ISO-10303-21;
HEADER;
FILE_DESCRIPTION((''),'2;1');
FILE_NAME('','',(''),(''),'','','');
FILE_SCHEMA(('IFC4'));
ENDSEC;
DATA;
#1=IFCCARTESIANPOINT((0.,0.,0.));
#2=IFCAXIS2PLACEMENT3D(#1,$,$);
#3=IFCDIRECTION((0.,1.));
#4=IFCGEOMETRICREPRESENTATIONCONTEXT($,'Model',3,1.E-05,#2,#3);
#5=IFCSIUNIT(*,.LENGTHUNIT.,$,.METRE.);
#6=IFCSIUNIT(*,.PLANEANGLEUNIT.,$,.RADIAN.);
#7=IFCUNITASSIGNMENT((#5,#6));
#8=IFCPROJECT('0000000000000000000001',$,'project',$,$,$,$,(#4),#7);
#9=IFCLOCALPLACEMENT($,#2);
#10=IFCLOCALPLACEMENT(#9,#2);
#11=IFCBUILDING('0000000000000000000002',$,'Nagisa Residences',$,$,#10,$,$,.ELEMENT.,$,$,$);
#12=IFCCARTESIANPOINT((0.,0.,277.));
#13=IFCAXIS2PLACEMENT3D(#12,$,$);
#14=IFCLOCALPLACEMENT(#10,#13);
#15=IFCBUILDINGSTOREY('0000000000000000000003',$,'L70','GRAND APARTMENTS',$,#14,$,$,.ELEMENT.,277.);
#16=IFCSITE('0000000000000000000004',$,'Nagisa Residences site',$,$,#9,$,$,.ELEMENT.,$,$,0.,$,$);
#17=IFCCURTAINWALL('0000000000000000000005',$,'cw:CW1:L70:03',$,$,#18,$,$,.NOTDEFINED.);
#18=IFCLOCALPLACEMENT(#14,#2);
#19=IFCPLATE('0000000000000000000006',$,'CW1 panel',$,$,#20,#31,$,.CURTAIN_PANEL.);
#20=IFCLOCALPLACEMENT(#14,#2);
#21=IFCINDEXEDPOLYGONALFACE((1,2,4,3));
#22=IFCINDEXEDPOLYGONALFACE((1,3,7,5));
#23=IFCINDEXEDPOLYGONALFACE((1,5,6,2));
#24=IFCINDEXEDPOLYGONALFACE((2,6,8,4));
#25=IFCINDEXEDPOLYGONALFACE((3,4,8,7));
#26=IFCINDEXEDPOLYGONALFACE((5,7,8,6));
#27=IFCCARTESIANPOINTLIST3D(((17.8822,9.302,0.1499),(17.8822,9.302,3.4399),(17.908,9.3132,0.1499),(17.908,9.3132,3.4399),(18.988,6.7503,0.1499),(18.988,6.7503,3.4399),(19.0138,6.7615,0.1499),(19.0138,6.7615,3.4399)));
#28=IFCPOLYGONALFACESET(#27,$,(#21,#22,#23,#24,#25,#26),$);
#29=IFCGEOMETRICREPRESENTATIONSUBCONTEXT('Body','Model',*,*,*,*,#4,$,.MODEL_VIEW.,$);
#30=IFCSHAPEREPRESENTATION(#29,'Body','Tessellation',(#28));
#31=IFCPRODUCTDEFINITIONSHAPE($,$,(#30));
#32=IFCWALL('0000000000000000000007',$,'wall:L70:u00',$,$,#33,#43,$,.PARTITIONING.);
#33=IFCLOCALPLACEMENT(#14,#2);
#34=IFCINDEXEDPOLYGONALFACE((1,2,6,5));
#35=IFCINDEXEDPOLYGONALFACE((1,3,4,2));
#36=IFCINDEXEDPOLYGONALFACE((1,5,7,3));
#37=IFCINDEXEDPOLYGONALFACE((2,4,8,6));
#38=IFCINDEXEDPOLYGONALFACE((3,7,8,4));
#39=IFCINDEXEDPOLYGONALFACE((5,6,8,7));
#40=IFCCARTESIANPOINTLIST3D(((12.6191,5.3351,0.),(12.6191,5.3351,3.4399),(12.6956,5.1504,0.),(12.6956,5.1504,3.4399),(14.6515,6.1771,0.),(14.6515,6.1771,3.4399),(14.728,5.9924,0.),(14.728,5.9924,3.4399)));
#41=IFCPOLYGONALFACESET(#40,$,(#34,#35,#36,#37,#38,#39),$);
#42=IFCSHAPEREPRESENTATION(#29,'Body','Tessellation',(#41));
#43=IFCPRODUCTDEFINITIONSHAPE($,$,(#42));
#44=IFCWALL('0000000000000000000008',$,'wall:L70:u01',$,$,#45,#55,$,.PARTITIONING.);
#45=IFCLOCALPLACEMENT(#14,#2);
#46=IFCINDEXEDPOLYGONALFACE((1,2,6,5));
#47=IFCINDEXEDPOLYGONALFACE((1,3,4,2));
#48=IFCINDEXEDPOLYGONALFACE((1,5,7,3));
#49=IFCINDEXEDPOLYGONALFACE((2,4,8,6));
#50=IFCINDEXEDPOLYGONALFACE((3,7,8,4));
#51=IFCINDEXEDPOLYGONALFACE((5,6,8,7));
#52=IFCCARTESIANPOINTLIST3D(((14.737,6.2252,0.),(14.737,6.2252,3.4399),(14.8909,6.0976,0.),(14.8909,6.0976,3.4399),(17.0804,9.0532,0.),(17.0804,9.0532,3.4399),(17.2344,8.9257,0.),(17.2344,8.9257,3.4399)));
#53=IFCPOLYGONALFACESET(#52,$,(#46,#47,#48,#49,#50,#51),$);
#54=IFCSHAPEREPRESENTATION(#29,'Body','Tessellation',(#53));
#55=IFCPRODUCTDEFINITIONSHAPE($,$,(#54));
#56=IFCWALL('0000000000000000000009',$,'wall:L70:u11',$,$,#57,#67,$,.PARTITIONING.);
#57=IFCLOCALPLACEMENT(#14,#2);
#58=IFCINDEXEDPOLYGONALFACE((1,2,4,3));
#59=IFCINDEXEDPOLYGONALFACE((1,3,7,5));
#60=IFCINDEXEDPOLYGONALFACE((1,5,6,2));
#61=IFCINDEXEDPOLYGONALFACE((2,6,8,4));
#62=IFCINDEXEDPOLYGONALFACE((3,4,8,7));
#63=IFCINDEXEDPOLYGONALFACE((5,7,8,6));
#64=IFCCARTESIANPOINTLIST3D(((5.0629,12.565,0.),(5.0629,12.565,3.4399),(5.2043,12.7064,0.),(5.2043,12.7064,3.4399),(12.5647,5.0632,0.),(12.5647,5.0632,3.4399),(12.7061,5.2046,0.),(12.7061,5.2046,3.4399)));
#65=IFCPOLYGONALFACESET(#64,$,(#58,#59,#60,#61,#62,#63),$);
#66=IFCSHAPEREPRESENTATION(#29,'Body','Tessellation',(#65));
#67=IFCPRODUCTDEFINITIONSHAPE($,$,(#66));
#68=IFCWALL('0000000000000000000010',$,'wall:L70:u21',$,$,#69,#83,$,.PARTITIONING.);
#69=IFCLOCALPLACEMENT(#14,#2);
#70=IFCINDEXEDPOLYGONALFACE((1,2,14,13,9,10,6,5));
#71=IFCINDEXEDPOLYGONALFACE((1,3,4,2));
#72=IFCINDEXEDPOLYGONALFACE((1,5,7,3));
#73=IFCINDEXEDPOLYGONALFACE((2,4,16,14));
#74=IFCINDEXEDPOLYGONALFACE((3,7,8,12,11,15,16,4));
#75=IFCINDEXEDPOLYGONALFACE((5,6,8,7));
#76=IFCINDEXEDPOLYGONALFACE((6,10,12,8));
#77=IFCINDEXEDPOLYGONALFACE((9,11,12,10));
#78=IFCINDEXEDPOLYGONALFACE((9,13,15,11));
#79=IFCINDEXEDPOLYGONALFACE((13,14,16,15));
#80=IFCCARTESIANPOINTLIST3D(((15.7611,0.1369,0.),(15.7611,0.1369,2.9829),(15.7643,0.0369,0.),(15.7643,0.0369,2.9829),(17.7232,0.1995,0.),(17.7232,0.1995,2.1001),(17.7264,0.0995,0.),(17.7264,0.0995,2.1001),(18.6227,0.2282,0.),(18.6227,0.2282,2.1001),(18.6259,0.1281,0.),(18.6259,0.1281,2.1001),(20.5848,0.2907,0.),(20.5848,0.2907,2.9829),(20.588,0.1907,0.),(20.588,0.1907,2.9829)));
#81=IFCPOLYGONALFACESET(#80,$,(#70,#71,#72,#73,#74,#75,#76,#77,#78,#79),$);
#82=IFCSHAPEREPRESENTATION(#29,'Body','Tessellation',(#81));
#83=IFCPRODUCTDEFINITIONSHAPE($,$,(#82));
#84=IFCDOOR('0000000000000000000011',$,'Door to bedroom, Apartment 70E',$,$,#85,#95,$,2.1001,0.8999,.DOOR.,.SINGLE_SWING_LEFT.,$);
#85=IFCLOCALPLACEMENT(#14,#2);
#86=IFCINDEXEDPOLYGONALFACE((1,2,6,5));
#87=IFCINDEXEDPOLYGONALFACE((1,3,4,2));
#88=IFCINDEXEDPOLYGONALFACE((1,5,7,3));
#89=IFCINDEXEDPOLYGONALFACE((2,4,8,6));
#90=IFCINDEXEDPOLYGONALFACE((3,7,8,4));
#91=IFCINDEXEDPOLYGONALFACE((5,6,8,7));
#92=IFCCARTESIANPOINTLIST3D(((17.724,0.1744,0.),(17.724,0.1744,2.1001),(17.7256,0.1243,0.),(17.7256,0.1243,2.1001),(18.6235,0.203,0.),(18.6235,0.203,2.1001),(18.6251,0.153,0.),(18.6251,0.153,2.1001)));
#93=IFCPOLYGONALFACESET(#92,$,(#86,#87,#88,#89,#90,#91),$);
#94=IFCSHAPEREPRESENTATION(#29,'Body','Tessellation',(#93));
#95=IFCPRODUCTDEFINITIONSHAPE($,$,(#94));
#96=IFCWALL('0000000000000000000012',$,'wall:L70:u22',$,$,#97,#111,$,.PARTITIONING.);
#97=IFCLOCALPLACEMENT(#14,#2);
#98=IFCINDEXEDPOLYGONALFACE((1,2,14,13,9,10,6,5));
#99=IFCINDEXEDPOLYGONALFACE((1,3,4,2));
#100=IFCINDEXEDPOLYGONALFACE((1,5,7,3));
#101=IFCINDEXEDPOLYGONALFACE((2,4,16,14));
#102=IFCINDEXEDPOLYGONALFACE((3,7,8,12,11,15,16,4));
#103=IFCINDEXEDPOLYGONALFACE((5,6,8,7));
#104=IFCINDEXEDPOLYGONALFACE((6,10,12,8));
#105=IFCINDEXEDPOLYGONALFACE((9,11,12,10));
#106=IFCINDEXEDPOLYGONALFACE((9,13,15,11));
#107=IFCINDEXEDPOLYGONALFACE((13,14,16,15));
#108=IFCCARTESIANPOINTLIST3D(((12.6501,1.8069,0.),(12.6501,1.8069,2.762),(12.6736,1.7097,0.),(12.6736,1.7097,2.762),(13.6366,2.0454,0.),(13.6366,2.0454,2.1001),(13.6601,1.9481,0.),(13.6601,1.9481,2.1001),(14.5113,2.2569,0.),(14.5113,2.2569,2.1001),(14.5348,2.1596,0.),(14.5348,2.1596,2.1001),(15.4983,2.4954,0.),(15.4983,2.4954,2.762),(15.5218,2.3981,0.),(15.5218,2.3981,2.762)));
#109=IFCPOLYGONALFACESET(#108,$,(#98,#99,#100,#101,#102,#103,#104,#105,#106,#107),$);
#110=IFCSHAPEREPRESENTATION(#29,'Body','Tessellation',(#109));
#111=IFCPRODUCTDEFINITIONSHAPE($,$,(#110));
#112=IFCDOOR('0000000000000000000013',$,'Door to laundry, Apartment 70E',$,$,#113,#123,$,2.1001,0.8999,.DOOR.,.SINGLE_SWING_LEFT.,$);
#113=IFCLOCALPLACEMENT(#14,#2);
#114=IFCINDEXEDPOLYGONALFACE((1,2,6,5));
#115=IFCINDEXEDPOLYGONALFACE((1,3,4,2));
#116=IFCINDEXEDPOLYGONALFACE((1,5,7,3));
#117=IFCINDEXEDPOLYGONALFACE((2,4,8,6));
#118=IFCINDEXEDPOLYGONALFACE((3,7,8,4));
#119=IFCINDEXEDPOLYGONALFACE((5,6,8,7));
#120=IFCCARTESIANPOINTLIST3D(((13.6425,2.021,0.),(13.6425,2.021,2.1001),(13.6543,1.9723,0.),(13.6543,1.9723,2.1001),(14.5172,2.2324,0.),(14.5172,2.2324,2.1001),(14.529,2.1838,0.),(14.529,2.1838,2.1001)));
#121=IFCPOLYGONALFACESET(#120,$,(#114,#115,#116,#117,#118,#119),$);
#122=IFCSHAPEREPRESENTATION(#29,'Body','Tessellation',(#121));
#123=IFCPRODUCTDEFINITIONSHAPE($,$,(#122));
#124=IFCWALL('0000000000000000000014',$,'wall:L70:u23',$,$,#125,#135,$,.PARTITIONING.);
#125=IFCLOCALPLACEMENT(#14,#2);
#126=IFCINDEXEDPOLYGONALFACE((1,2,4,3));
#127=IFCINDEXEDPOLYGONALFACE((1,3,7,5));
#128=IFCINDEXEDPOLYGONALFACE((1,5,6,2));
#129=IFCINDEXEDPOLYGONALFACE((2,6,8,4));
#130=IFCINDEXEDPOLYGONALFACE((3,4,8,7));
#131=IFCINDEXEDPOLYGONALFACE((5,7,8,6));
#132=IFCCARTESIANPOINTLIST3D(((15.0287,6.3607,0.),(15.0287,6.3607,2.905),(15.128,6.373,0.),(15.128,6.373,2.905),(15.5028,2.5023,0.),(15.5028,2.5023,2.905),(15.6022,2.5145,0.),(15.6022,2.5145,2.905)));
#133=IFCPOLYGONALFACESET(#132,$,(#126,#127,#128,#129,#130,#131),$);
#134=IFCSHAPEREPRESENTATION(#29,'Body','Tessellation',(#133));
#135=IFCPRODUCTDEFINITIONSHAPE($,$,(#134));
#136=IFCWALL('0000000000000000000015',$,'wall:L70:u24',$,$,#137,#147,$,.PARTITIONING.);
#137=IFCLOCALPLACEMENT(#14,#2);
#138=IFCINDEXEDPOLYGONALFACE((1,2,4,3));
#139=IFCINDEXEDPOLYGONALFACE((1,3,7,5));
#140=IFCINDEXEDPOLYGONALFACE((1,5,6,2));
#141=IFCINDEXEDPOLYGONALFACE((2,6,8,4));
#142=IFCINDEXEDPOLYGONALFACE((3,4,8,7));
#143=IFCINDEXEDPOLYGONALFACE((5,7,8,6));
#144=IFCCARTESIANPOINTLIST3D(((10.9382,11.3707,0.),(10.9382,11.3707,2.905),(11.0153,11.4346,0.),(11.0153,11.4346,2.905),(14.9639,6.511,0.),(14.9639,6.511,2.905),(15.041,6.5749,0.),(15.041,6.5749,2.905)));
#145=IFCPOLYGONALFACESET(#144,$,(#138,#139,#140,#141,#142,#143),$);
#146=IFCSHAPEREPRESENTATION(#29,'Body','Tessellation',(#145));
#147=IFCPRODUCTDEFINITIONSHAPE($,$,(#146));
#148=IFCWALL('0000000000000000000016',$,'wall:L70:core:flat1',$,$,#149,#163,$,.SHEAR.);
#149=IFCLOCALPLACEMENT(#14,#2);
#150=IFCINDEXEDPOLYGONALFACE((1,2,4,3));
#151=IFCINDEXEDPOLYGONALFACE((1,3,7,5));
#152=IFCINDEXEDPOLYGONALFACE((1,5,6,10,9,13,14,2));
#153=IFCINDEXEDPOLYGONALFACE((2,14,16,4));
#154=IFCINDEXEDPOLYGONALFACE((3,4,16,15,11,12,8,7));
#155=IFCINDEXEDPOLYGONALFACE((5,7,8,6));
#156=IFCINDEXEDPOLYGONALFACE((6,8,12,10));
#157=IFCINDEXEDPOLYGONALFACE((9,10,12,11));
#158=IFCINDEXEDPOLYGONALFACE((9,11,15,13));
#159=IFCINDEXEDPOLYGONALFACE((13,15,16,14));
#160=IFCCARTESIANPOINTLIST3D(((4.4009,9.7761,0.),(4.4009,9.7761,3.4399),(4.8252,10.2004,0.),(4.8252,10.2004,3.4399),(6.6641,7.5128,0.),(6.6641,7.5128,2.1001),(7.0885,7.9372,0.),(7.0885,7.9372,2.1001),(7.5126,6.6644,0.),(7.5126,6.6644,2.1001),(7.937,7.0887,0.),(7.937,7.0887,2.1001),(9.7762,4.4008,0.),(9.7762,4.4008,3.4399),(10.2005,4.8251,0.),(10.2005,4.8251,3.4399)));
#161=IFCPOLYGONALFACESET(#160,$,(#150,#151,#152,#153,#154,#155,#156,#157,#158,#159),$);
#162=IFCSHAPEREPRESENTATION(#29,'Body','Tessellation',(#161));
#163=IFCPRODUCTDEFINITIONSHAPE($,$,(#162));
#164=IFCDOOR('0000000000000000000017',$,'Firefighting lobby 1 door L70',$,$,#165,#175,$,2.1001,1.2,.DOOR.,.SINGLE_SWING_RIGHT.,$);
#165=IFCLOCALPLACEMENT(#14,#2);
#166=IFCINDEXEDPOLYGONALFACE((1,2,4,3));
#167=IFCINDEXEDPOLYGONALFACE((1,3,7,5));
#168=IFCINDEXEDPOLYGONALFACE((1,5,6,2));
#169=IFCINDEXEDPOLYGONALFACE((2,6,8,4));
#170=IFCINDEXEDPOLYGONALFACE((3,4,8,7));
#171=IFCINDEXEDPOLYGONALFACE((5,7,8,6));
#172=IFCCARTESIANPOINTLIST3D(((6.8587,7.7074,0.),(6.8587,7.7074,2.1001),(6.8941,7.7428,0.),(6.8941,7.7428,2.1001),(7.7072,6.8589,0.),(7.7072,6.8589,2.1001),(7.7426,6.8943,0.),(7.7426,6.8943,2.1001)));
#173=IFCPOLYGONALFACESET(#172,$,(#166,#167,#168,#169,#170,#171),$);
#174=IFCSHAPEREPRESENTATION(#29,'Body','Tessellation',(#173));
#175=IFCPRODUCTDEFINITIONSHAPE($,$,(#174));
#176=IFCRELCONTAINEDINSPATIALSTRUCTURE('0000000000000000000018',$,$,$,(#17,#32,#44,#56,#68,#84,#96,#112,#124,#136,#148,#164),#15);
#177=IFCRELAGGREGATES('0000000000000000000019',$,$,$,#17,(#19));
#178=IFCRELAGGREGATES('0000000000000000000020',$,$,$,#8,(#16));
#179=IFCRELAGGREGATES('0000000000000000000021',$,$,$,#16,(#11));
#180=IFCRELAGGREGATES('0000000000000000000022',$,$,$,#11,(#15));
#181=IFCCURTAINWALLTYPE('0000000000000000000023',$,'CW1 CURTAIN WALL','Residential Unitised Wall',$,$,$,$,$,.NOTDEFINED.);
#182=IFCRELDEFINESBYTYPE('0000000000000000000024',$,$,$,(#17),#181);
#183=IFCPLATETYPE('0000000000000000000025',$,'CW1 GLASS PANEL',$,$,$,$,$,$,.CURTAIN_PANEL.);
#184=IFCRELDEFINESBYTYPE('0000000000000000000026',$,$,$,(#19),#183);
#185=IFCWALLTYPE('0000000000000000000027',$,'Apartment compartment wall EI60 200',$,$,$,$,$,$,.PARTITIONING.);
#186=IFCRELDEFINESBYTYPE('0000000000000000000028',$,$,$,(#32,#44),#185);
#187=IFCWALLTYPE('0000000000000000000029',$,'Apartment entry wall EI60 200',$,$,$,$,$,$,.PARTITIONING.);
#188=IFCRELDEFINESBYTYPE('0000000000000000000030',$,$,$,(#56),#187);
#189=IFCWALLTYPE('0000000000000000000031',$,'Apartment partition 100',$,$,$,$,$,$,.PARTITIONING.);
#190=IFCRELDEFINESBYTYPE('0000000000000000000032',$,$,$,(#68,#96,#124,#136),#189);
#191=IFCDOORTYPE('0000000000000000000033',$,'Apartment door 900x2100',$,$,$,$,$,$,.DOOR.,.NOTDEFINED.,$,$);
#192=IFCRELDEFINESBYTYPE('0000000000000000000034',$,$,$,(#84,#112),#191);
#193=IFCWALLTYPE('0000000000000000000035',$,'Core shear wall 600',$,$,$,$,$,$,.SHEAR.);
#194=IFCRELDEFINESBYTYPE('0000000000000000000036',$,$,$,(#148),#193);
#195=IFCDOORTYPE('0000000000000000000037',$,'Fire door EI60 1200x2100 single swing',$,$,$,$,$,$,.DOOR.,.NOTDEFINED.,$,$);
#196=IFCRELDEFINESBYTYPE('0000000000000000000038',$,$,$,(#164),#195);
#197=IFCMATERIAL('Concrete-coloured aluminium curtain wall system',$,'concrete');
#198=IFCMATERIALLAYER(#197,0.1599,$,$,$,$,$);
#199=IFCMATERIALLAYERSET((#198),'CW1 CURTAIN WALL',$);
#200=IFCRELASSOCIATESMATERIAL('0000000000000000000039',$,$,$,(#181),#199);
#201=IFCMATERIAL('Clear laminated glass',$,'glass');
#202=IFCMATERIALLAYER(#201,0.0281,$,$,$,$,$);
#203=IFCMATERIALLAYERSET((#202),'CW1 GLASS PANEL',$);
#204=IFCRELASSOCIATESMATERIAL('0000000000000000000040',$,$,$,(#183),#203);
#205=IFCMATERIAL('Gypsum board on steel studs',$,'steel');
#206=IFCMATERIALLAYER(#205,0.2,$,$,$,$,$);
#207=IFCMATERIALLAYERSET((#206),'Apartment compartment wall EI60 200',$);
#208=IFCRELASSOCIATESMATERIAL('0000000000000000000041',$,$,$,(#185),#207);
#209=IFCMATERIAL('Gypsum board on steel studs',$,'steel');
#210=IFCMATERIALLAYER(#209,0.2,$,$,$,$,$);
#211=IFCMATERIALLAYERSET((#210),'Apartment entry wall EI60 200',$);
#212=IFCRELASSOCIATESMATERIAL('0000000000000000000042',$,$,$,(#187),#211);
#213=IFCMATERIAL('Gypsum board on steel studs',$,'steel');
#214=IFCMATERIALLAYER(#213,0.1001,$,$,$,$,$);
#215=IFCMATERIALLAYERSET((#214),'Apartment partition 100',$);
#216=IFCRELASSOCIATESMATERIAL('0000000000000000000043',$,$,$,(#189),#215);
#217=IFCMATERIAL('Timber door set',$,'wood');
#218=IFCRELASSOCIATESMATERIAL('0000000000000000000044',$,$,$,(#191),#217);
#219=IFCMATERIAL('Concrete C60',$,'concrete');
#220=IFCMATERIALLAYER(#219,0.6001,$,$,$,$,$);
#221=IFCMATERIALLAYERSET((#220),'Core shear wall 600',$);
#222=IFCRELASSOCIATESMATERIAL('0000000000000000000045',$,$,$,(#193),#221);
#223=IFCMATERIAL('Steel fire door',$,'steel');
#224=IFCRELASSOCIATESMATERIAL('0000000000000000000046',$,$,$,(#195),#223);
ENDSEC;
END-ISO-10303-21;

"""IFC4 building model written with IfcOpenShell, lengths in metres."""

from ifc_helpers import new_model, si_unit, direction, frame, frame_2d, origin, origin_2d, place, context, subcontext, project, spatial, rectangle, extrude, material, layer, layer_set, type_object, element, fill, aggregate, save


model = new_model("IFC4")

# Units and contexts
model_context = context("Model", 3, precision=1e-05, world=origin(), true_north=direction((0.0, 1.0)))
body_context = subcontext(model_context, "Body", "Model", "MODEL_VIEW")
ifc_project = project(units=[si_unit("LENGTHUNIT", "METRE"), si_unit("PLANEANGLEUNIT", "RADIAN")], contexts=[model_context])

# Site, building, storey
site_placement = place(None, origin())
site = spatial("IfcSite", under=ifc_project, at=site_placement, Name="Nagisa Residences site", CompositionType="ELEMENT", RefElevation=0.0)
building_placement = place(site_placement, origin())
building = spatial("IfcBuilding", under=site, at=building_placement, Name="Nagisa Residences", CompositionType="ELEMENT")
storey_placement = place(building_placement, frame((0.0, 0.0, 277.0)))
storey = spatial("IfcBuildingStorey", under=building, at=storey_placement, Name="L70", Description="GRAND APARTMENTS", CompositionType="ELEMENT", Elevation=277.0)

# Curtain wall
ifc_material_1 = material(Name="Concrete-coloured aluminium curtain wall system", Category="concrete")
ifc_layer_1 = layer(ifc_material_1, 0.1599)
ifc_layer_set_1 = layer_set([ifc_layer_1], Name="CW1 CURTAIN WALL")
curtain_wall_type = type_object("IfcCurtainWallType", Name="CW1 CURTAIN WALL", Description="Residential Unitised Wall", PredefinedType="NOTDEFINED", material=ifc_layer_set_1)
curtain_wall_1_placement = place(storey_placement, origin())
curtain_wall_1 = element("IfcCurtainWall", 1, at=curtain_wall_1_placement, inside=storey, type_object=curtain_wall_type, Name="cw:CW1:L70:03", PredefinedType="NOTDEFINED")

# Plate
ifc_material_2 = material(Name="Clear laminated glass", Category="glass")
ifc_layer_2 = layer(ifc_material_2, 0.0281)
ifc_layer_set_2 = layer_set([ifc_layer_2], Name="CW1 GLASS PANEL")
plate_type = type_object("IfcPlateType", Name="CW1 GLASS PANEL", PredefinedType="CURTAIN_PANEL", material=ifc_layer_set_2)
plate_1_placement = place(storey_placement, frame((18.448, 8.0317, 0.1499), z_axis=(0.0, 0.0, 1.0), x_axis=(-0.397636, 0.917543, 0.0)))
plate_1 = element("IfcPlate", 2, at=plate_1_placement, type_object=plate_type, Name="CW1 panel", PredefinedType="CURTAIN_PANEL", context=body_context, shape_type="SweptSolid", body=[
    extrude(rectangle(XDim=2.781, YDim=0.0281, at=origin_2d()), origin(), (0.0, 0.0, 1.0), 3.29),
])
aggregate(curtain_wall_1, [plate_1])

# Walls
ifc_material_3 = material(Name="Gypsum board on steel studs", Category="steel")
ifc_layer_3 = layer(ifc_material_3, 0.2)
ifc_layer_set_3 = layer_set([ifc_layer_3], Name="Apartment compartment wall EI60 200")
wall_type_1 = type_object("IfcWallType", Name="Apartment compartment wall EI60 200", PredefinedType="PARTITIONING", material=ifc_layer_set_3)
wall_1_placement = place(storey_placement, frame((12.6572, 5.2427, 0.0), z_axis=(0.0, 0.0, 1.0), x_axis=(0.923853, 0.382747, 0.0)))
element("IfcWall", 3, at=wall_1_placement, inside=storey, type_object=wall_type_1, Name="wall:L70:u00", PredefinedType="PARTITIONING", context=body_context, shape_type="SweptSolid", body=[
    extrude(rectangle(XDim=2.2, YDim=0.2, at=frame_2d((1.1001, 0.0))), origin(), (0.0, 0.0, 1.0), 3.4399),
])
wall_2_placement = place(storey_placement, frame((14.814, 6.1614, 0.0), z_axis=(0.0, 0.0, 1.0), x_axis=(0.638051, 0.769995, 0.0)))
element("IfcWall", 4, at=wall_2_placement, inside=storey, type_object=wall_type_1, Name="wall:L70:u01", PredefinedType="PARTITIONING", context=body_context, shape_type="SweptSolid", body=[
    extrude(rectangle(XDim=3.6729, YDim=0.2, at=frame_2d((1.8364, 0.0))), origin(), (0.0, 0.0, 1.0), 3.4399),
])
ifc_material_4 = material(Name="Gypsum board on steel studs", Category="steel")
ifc_layer_4 = layer(ifc_material_4, 0.2)
ifc_layer_set_4 = layer_set([ifc_layer_4], Name="Apartment entry wall EI60 200")
wall_type_2 = type_object("IfcWallType", Name="Apartment entry wall EI60 200", PredefinedType="PARTITIONING", material=ifc_layer_set_4)
wall_3_placement = place(storey_placement, frame((12.6355, 5.1338, 0.0), z_axis=(0.0, 0.0, 1.0), x_axis=(-0.707107, 0.707107, 0.0)))
element("IfcWall", 5, at=wall_3_placement, inside=storey, type_object=wall_type_2, Name="wall:L70:u11", PredefinedType="PARTITIONING", context=body_context, shape_type="SweptSolid", body=[
    extrude(rectangle(XDim=10.6091, YDim=0.2, at=frame_2d((5.3047, 0.0))), origin(), (0.0, 0.0, 1.0), 3.4399),
])

# Walls, openings, doors
ifc_material_5 = material(Name="Gypsum board on steel studs", Category="steel")
ifc_layer_5 = layer(ifc_material_5, 0.1001)
ifc_layer_set_5 = layer_set([ifc_layer_5], Name="Apartment partition 100")
wall_type_3 = type_object("IfcWallType", Name="Apartment partition 100", PredefinedType="PARTITIONING", material=ifc_layer_set_5)
wall_4_placement = place(storey_placement, frame((15.7627, 0.0869, 0.0), z_axis=(0.0, 0.0, 1.0), x_axis=(0.999492, 0.03187, 0.0)))
wall_4 = element("IfcWall", 6, at=wall_4_placement, inside=storey, type_object=wall_type_3, Name="wall:L70:u21", PredefinedType="PARTITIONING", context=body_context, shape_type="SweptSolid", body=[
    extrude(rectangle(XDim=4.8262, YDim=0.1001, at=frame_2d((2.4131, 0.0))), origin(), (0.0, 0.0, 1.0), 2.9829),
])
opening_1_placement = place(wall_4_placement, frame((1.9631, 0.0, 0.0)))
opening_1 = element("IfcOpeningElement", 7, at=opening_1_placement, cuts=wall_4, PredefinedType="OPENING", context=body_context, shape_type="SweptSolid", body=[
    extrude(rectangle(XDim=0.8999, YDim=2.1001, at=frame_2d((0.45, 1.05))), frame((0.0, 0.0601, 0.0), z_axis=(0.0, -1.0, 0.0), x_axis=(1.0, 0.0, 0.0)), (0.0, 0.0, 1.0), 0.1201),
])
ifc_material_6 = material(Name="Timber door set", Category="wood")
door_type_1 = type_object("IfcDoorType", Name="Apartment door 900x2100", OperationType="NOTDEFINED", PredefinedType="DOOR", material=ifc_material_6)
door_1_placement = place(opening_1_placement, origin())
door_1 = element("IfcDoor", 8, at=door_1_placement, inside=storey, type_object=door_type_1, Name="Door to bedroom, Apartment 70E", OperationType="SINGLE_SWING_LEFT", OverallHeight=2.1001, OverallWidth=0.8999, PredefinedType="DOOR", context=body_context, shape_type="SweptSolid", body=[
    extrude(rectangle(XDim=0.8999, YDim=2.1001, at=frame_2d((0.45, 1.05))), frame((0.0, 0.0249, 0.0), z_axis=(0.0, -1.0, 0.0), x_axis=(1.0, 0.0, 0.0)), (0.0, 0.0, 1.0), 0.05),
])
fill(opening_1, door_1)
wall_5_placement = place(storey_placement, frame((12.6619, 1.7583, 0.0), z_axis=(0.0, 0.0, 1.0), x_axis=(0.972005, 0.234961, 0.0)))
wall_5 = element("IfcWall", 9, at=wall_5_placement, inside=storey, type_object=wall_type_3, Name="wall:L70:u22", PredefinedType="PARTITIONING", context=body_context, shape_type="SweptSolid", body=[
    extrude(rectangle(XDim=2.9302, YDim=0.1001, at=frame_2d((1.4651, 0.0))), origin(), (0.0, 0.0, 1.0), 2.762),
])
opening_2_placement = place(wall_5_placement, frame((1.0149, 0.0, 0.0)))
opening_2 = element("IfcOpeningElement", 10, at=opening_2_placement, cuts=wall_5, PredefinedType="OPENING", context=body_context, shape_type="SweptSolid", body=[
    extrude(rectangle(XDim=0.8999, YDim=2.1001, at=frame_2d((0.45, 1.05))), frame((0.0, 0.0601, 0.0), z_axis=(0.0, -1.0, 0.0), x_axis=(1.0, 0.0, 0.0)), (0.0, 0.0, 1.0), 0.1201),
])
door_2_placement = place(opening_2_placement, origin())
door_2 = element("IfcDoor", 11, at=door_2_placement, inside=storey, type_object=door_type_1, Name="Door to laundry, Apartment 70E", OperationType="SINGLE_SWING_LEFT", OverallHeight=2.1001, OverallWidth=0.8999, PredefinedType="DOOR", context=body_context, shape_type="SweptSolid", body=[
    extrude(rectangle(XDim=0.8999, YDim=2.1001, at=frame_2d((0.45, 1.05))), frame((0.0, 0.0249, 0.0), z_axis=(0.0, -1.0, 0.0), x_axis=(1.0, 0.0, 0.0)), (0.0, 0.0, 1.0), 0.05),
])
fill(opening_2, door_2)

# Walls
wall_6_placement = place(storey_placement, frame((15.5525, 2.5083, 0.0), z_axis=(0.0, 0.0, 1.0), x_axis=(-0.121963, 0.992535, 0.0)))
element("IfcWall", 12, at=wall_6_placement, inside=storey, type_object=wall_type_3, Name="wall:L70:u23", PredefinedType="PARTITIONING", context=body_context, shape_type="SweptSolid", body=[
    extrude(rectangle(XDim=3.8875, YDim=0.1001, at=frame_2d((1.9438, 0.0))), origin(), (0.0, 0.0, 1.0), 2.905),
])
wall_7_placement = place(storey_placement, frame((15.0024, 6.543, 0.0), z_axis=(0.0, 0.0, 1.0), x_axis=(-0.637933, 0.770092, 0.0)))
element("IfcWall", 13, at=wall_7_placement, inside=storey, type_object=wall_type_3, Name="wall:L70:u24", PredefinedType="PARTITIONING", context=body_context, shape_type="SweptSolid", body=[
    extrude(rectangle(XDim=6.3105, YDim=0.1001, at=frame_2d((3.1553, 0.0))), origin(), (0.0, 0.0, 1.0), 2.905),
])

# Wall, opening, door
ifc_material_7 = material(Name="Concrete C60", Category="concrete")
ifc_layer_6 = layer(ifc_material_7, 0.6001)
ifc_layer_set_6 = layer_set([ifc_layer_6], Name="Core shear wall 600")
wall_type_4 = type_object("IfcWallType", Name="Core shear wall 600", PredefinedType="SHEAR", material=ifc_layer_set_6)
wall_8_placement = place(storey_placement, frame((9.9883, 4.613, 0.0), z_axis=(0.0, 0.0, 1.0), x_axis=(-0.707107, 0.707107, 0.0)))
wall_8 = element("IfcWall", 14, at=wall_8_placement, inside=storey, type_object=wall_type_4, Name="wall:L70:core:flat1", PredefinedType="SHEAR", context=body_context, shape_type="SweptSolid", body=[
    extrude(rectangle(XDim=7.6018, YDim=0.6001, at=frame_2d((3.8008, 0.0))), origin(), (0.0, 0.0, 1.0), 3.4399),
])
opening_3_placement = place(wall_8_placement, frame((3.2009, 0.0, 0.0)))
opening_3 = element("IfcOpeningElement", 15, at=opening_3_placement, cuts=wall_8, PredefinedType="OPENING", context=body_context, shape_type="SweptSolid", body=[
    extrude(rectangle(XDim=1.2, YDim=2.1001, at=frame_2d((0.6001, 1.05))), frame((0.0, 0.3101, 0.0), z_axis=(0.0, -1.0, 0.0), x_axis=(1.0, 0.0, 0.0)), (0.0, 0.0, 1.0), 0.6201),
])
ifc_material_8 = material(Name="Steel fire door", Category="steel")
door_type_2 = type_object("IfcDoorType", Name="Fire door EI60 1200x2100 single swing", OperationType="NOTDEFINED", PredefinedType="DOOR", material=ifc_material_8)
door_3_placement = place(opening_3_placement, origin())
door_3 = element("IfcDoor", 16, at=door_3_placement, inside=storey, type_object=door_type_2, Name="Firefighting lobby 1 door L70", OperationType="SINGLE_SWING_RIGHT", OverallHeight=2.1001, OverallWidth=1.2, PredefinedType="DOOR", context=body_context, shape_type="SweptSolid", body=[
    extrude(rectangle(XDim=1.2, YDim=2.1001, at=frame_2d((0.6001, 1.05))), frame((0.0, 0.0249, 0.0), z_axis=(0.0, -1.0, 0.0), x_axis=(1.0, 0.0, 0.0)), (0.0, 0.0, 1.0), 0.05),
])
fill(opening_3, door_3)

save(model, "model.ifc")
